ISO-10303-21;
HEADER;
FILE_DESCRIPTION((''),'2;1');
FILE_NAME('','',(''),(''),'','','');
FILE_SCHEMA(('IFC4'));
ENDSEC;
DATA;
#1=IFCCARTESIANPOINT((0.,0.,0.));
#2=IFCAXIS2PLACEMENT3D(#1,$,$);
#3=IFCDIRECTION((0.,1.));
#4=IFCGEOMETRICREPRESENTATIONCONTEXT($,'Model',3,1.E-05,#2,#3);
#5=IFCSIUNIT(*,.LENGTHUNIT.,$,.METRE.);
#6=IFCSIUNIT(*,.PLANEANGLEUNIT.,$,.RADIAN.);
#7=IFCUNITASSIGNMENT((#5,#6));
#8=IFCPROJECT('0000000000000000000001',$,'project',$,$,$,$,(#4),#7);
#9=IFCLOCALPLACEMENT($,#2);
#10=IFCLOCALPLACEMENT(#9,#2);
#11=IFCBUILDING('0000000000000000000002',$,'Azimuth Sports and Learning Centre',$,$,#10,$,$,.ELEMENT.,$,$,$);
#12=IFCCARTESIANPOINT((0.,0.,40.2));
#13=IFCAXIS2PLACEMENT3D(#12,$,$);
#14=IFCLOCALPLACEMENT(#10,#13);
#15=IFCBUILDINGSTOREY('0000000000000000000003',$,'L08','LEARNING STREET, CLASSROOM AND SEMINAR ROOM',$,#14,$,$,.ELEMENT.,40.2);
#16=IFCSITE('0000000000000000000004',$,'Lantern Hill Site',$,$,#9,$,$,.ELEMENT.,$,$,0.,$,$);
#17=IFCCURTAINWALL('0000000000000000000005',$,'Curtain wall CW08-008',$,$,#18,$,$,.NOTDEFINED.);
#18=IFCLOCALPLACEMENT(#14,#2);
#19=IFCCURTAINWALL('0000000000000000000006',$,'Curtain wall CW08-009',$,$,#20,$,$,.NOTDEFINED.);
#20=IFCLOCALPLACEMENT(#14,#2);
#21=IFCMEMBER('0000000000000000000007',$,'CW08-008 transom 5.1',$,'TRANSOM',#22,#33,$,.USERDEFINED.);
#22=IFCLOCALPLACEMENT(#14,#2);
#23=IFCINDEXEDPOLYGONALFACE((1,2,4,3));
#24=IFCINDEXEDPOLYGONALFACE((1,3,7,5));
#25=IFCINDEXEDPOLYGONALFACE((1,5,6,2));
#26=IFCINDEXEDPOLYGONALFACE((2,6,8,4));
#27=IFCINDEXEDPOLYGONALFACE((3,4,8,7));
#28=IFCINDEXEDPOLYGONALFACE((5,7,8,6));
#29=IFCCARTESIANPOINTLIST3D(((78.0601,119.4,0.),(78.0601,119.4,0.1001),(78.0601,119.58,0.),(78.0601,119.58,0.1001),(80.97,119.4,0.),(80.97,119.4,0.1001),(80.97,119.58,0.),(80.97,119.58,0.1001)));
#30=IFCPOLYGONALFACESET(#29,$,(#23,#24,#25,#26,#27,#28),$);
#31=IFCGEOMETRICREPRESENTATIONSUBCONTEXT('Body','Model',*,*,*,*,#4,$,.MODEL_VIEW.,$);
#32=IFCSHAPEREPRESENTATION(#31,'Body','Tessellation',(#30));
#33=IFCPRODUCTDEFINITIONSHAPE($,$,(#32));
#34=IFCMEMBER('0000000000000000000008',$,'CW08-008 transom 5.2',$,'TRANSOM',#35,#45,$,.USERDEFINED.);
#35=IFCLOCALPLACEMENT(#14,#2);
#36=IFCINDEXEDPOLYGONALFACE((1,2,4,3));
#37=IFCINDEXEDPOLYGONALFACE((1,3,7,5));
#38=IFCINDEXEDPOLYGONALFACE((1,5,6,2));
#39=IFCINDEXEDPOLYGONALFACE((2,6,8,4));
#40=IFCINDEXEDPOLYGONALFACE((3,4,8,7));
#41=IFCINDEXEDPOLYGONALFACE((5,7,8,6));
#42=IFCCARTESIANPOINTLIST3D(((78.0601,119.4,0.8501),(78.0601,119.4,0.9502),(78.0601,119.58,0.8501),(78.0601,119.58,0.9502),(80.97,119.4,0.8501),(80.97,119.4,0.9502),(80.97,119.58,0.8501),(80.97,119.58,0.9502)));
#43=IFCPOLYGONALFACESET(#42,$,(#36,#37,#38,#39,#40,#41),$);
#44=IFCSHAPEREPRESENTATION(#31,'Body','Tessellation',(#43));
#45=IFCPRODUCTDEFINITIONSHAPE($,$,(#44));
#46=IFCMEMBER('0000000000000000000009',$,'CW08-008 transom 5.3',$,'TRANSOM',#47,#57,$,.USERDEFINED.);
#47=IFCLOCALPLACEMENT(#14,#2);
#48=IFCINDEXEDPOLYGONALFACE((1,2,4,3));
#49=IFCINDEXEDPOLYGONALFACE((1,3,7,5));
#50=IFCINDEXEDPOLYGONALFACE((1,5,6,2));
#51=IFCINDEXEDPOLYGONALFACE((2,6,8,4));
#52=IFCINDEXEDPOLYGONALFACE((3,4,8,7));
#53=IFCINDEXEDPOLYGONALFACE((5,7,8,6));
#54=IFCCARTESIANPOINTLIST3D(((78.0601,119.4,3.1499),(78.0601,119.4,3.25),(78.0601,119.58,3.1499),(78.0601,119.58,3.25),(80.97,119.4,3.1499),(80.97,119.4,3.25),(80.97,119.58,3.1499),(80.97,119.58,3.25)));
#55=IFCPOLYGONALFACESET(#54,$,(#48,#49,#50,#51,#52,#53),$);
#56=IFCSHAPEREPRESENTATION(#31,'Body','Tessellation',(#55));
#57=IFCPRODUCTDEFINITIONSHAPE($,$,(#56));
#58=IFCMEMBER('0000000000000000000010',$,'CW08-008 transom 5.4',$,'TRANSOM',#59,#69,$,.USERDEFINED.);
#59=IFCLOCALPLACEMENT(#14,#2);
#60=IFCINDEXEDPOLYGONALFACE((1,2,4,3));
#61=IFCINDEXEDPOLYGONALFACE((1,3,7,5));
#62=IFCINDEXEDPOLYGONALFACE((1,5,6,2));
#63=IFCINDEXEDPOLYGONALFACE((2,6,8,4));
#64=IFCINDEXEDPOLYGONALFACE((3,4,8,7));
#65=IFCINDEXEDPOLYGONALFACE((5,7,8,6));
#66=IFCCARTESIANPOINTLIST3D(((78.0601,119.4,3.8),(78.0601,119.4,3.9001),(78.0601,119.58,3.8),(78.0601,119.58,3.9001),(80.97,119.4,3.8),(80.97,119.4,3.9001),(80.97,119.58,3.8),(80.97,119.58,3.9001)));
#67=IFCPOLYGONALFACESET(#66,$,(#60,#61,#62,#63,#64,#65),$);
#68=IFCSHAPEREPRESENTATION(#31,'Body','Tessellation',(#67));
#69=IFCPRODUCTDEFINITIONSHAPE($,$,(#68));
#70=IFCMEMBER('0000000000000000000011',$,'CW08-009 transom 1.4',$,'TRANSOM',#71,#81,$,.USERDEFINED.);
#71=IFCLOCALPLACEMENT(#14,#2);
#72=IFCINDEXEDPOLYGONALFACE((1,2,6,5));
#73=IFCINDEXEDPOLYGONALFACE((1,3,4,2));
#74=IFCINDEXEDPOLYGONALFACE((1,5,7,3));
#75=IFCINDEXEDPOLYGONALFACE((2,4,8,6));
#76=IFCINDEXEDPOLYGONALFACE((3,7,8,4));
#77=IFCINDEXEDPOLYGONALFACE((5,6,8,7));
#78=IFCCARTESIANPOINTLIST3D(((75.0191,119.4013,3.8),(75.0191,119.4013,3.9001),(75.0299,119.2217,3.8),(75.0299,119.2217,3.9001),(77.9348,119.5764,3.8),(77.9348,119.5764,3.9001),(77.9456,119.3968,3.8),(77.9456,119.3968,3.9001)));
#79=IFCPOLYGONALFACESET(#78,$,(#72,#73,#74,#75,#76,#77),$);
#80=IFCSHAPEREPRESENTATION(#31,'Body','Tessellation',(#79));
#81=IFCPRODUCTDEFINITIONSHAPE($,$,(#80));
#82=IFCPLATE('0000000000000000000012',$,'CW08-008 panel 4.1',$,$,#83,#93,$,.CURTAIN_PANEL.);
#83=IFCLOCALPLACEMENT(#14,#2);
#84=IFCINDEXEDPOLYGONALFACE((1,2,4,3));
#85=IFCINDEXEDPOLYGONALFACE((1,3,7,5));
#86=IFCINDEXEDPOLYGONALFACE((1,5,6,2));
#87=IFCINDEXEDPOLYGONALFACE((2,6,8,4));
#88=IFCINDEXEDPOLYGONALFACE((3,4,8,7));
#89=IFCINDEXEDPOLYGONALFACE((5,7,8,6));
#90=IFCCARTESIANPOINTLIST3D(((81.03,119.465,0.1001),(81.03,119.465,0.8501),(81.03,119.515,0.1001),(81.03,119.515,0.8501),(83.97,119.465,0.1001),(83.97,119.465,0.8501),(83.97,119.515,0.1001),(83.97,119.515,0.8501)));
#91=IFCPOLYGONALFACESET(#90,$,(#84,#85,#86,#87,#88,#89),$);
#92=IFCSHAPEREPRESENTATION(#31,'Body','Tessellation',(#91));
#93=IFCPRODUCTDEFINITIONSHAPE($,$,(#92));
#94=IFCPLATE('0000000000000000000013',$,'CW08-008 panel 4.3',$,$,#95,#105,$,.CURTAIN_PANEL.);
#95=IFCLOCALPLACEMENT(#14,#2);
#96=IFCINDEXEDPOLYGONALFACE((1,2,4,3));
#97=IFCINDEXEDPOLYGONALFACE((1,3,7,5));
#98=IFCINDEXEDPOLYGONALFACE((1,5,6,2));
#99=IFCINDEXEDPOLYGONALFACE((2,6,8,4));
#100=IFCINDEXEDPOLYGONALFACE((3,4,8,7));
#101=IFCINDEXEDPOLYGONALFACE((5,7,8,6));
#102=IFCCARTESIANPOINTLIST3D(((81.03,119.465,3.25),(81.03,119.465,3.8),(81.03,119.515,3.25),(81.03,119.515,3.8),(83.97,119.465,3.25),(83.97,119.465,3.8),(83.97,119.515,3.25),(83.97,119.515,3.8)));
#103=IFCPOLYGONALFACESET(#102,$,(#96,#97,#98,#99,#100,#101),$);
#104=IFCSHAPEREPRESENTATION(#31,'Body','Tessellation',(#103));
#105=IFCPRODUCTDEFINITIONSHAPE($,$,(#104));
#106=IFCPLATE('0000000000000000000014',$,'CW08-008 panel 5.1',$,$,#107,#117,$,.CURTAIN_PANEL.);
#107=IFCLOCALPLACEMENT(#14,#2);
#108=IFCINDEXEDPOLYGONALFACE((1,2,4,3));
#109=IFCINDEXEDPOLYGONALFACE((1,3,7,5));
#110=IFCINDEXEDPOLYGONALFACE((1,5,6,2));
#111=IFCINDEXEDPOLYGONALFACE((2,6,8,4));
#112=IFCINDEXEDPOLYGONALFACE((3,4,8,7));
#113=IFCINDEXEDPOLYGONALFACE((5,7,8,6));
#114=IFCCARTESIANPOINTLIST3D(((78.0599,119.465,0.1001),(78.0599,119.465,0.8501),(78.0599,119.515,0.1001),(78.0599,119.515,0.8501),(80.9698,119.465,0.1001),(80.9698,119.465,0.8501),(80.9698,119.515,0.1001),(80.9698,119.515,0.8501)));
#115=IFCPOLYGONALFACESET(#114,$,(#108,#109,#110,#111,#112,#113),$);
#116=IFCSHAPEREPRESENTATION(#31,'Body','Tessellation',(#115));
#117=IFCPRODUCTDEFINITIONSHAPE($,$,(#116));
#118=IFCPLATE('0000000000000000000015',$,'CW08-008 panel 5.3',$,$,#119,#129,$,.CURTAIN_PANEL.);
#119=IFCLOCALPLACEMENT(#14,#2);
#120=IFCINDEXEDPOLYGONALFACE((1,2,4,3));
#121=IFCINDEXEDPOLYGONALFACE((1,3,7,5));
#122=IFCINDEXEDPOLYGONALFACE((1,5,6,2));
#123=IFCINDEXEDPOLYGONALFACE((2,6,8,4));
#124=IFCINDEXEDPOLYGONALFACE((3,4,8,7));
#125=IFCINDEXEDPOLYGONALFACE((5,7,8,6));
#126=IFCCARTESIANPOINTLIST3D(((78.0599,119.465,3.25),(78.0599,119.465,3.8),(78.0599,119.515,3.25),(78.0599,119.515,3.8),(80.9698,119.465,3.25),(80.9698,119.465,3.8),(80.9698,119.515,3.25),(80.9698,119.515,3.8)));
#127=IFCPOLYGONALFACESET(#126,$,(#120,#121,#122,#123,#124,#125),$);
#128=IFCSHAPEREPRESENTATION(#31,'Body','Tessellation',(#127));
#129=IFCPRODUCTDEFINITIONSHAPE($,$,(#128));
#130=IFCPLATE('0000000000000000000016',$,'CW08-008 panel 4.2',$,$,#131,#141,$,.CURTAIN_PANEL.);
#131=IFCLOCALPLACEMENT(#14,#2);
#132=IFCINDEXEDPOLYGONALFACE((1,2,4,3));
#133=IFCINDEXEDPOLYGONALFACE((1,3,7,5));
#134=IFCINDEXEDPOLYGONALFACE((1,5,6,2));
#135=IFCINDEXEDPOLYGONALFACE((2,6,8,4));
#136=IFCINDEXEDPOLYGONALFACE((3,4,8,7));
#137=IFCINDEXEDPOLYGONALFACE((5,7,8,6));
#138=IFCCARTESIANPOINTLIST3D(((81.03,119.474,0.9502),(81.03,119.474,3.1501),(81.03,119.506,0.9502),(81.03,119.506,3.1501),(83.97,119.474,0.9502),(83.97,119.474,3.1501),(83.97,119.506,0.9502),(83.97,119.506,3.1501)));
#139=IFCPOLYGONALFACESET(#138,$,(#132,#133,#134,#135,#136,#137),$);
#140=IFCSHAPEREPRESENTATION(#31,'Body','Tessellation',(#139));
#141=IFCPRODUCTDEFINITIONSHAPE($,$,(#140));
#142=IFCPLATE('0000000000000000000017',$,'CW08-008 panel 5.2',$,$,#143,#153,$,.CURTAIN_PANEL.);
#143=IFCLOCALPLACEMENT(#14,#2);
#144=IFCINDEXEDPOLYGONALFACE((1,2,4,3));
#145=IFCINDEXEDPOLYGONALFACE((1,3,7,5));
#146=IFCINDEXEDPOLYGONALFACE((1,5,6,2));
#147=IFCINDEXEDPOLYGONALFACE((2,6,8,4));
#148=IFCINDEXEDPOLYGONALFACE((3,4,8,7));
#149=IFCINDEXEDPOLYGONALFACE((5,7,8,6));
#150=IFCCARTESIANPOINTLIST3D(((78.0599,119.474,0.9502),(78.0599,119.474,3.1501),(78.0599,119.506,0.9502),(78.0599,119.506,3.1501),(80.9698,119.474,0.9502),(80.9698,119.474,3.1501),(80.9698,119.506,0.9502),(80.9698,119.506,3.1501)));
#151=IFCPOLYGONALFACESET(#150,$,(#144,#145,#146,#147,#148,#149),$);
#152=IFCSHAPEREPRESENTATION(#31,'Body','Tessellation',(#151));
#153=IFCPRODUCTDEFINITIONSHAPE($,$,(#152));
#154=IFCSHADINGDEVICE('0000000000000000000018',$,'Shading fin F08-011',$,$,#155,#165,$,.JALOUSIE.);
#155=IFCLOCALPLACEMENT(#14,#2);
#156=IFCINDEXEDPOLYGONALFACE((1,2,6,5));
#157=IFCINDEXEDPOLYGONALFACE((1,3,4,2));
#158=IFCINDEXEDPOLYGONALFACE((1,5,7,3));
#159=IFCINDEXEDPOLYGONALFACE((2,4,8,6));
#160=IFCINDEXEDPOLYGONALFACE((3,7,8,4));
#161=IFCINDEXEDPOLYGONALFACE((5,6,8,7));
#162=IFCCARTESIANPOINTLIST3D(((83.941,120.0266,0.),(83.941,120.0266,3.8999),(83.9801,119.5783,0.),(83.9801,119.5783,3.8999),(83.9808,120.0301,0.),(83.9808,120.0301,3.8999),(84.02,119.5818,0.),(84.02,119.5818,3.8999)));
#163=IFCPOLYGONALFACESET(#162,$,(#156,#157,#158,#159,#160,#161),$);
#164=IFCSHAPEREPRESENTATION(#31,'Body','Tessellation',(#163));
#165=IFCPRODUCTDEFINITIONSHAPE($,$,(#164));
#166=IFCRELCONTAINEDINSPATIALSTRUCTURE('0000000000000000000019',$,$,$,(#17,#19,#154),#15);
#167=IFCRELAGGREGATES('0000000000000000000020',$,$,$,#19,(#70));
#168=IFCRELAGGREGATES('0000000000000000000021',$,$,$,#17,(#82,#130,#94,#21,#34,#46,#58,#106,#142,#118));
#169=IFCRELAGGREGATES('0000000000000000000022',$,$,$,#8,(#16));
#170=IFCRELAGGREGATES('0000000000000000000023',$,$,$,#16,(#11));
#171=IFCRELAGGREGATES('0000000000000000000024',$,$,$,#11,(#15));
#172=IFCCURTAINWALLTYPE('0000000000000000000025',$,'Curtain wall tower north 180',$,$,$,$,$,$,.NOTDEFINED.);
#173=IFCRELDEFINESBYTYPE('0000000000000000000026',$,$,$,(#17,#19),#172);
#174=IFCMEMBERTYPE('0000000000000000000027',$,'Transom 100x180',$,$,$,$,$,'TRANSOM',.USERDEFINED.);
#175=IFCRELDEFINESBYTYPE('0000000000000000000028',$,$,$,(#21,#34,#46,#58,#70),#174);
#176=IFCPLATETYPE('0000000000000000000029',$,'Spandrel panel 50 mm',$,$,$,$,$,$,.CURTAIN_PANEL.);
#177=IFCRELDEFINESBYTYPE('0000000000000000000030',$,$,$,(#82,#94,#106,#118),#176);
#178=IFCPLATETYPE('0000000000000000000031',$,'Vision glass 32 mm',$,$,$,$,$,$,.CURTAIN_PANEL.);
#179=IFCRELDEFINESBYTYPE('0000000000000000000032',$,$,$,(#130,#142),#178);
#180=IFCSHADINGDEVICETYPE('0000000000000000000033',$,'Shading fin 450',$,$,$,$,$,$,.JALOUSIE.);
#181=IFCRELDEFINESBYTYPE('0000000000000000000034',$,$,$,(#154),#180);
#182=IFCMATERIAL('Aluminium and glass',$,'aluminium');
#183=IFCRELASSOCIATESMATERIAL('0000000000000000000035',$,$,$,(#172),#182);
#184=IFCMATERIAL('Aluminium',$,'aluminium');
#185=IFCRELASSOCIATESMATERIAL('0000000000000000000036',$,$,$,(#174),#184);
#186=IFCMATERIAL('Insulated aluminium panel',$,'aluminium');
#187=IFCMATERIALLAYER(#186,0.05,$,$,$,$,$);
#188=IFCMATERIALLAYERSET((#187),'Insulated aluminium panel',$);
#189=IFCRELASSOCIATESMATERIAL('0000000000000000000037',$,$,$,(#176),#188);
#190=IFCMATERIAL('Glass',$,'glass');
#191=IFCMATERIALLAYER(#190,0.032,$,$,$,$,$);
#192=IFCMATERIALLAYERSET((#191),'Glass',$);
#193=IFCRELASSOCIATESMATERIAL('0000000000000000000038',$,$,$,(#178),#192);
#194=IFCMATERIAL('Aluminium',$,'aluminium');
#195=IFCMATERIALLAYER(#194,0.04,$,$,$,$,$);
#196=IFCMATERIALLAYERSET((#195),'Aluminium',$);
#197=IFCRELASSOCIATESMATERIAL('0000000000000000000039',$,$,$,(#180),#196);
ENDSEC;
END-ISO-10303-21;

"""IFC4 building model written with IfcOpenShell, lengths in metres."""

from ifc_helpers import new_model, si_unit, direction, frame, origin, origin_2d, place, context, subcontext, project, spatial, rectangle, extrude, material, layer, layer_set, material_profile, profile_set, type_object, element, aggregate, save


model = new_model("IFC4")

# Units and contexts
model_context = context("Model", 3, precision=1e-05, world=origin(), true_north=direction((0.0, 1.0)))
body_context = subcontext(model_context, "Body", "Model", "MODEL_VIEW")
ifc_project = project(units=[si_unit("LENGTHUNIT", "METRE"), si_unit("PLANEANGLEUNIT", "RADIAN")], contexts=[model_context])

# Site, building, storey
site_placement = place(None, origin())
site = spatial("IfcSite", under=ifc_project, at=site_placement, Name="Lantern Hill Site", CompositionType="ELEMENT", RefElevation=0.0)
building_placement = place(site_placement, origin())
building = spatial("IfcBuilding", under=site, at=building_placement, Name="Azimuth Sports and Learning Centre", CompositionType="ELEMENT")
storey_placement = place(building_placement, frame((0.0, 0.0, 40.2)))
storey = spatial("IfcBuildingStorey", under=building, at=storey_placement, Name="L08", Description="LEARNING STREET, CLASSROOM AND SEMINAR ROOM", CompositionType="ELEMENT", Elevation=40.2)

# Curtain wall
ifc_material_1 = material(Name="Aluminium and glass", Category="aluminium")
curtain_wall_type = type_object("IfcCurtainWallType", Name="Curtain wall tower north 180", PredefinedType="NOTDEFINED", material=ifc_material_1)
curtain_wall_1_placement = place(storey_placement, origin())
curtain_wall_1 = element("IfcCurtainWall", 1, at=curtain_wall_1_placement, inside=storey, type_object=curtain_wall_type, Name="Curtain wall CW08-008", PredefinedType="NOTDEFINED")

# Curtain wall
curtain_wall_2_placement = place(storey_placement, origin())
curtain_wall_2 = element("IfcCurtainWall", 2, at=curtain_wall_2_placement, inside=storey, type_object=curtain_wall_type, Name="Curtain wall CW08-009", PredefinedType="NOTDEFINED")

# Members
ifc_material_2 = material(Name="Aluminium", Category="aluminium")
ifc_material_profile_1 = material_profile(ifc_material_2, rectangle(XDim=0.1799, YDim=0.1001, at=origin_2d()), Name="Transom 100x180")
ifc_profile_set_1 = profile_set([ifc_material_profile_1], Name="Aluminium")
member_type_1 = type_object("IfcMemberType", Name="Transom 100x180", ElementType="TRANSOM", PredefinedType="USERDEFINED", material=ifc_profile_set_1)
member_1_placement = place(storey_placement, frame((80.97, 119.49, 0.05), z_axis=(-1.0, 0.0, 0.0), x_axis=(0.0, -1.0, 0.0)))
member_1 = element("IfcMember", 3, at=member_1_placement, type_object=member_type_1, Name="CW08-008 transom 5.1", ObjectType="TRANSOM", PredefinedType="USERDEFINED", context=body_context, shape_type="SweptSolid", body=[
    extrude(rectangle(XDim=0.1799, YDim=0.1001, at=origin_2d()), origin(), (0.0, 0.0, 1.0), 2.9099),
])
member_2_placement = place(storey_placement, frame((80.97, 119.49, 0.9001), z_axis=(-1.0, 0.0, 0.0), x_axis=(0.0, -1.0, 0.0)))
member_2 = element("IfcMember", 4, at=member_2_placement, type_object=member_type_1, Name="CW08-008 transom 5.2", ObjectType="TRANSOM", PredefinedType="USERDEFINED", context=body_context, shape_type="SweptSolid", body=[
    extrude(rectangle(XDim=0.1799, YDim=0.1001, at=origin_2d()), origin(), (0.0, 0.0, 1.0), 2.9099),
])
member_3_placement = place(storey_placement, frame((80.97, 119.49, 3.2), z_axis=(-1.0, 0.0, 0.0), x_axis=(0.0, -1.0, 0.0)))
member_3 = element("IfcMember", 5, at=member_3_placement, type_object=member_type_1, Name="CW08-008 transom 5.3", ObjectType="TRANSOM", PredefinedType="USERDEFINED", context=body_context, shape_type="SweptSolid", body=[
    extrude(rectangle(XDim=0.1799, YDim=0.1001, at=origin_2d()), origin(), (0.0, 0.0, 1.0), 2.9099),
])
member_4_placement = place(storey_placement, frame((80.97, 119.49, 3.8501), z_axis=(-1.0, 0.0, 0.0), x_axis=(0.0, -1.0, 0.0)))
member_4 = element("IfcMember", 6, at=member_4_placement, type_object=member_type_1, Name="CW08-008 transom 5.4", ObjectType="TRANSOM", PredefinedType="USERDEFINED", context=body_context, shape_type="SweptSolid", body=[
    extrude(rectangle(XDim=0.1799, YDim=0.1001, at=origin_2d()), origin(), (0.0, 0.0, 1.0), 2.9099),
])
member_5_placement = place(storey_placement, frame((77.9402, 119.4866, 3.8501), z_axis=(-0.998202, -0.059932, 0.0), x_axis=(0.059932, -0.998202, 0.0)))
member_5 = element("IfcMember", 7, at=member_5_placement, type_object=member_type_1, Name="CW08-009 transom 1.4", ObjectType="TRANSOM", PredefinedType="USERDEFINED", context=body_context, shape_type="SweptSolid", body=[
    extrude(rectangle(XDim=0.1799, YDim=0.1001, at=origin_2d()), origin(), (0.0, 0.0, 1.0), 2.9209),
])
aggregate(curtain_wall_2, [member_5])

# Plates
ifc_material_3 = material(Name="Insulated aluminium panel", Category="aluminium")
ifc_layer_1 = layer(ifc_material_3, 0.05)
ifc_layer_set_1 = layer_set([ifc_layer_1], Name="Insulated aluminium panel")
plate_type_1 = type_object("IfcPlateType", Name="Spandrel panel 50 mm", PredefinedType="CURTAIN_PANEL", material=ifc_layer_set_1)
plate_1_placement = place(storey_placement, frame((82.5, 119.49, 0.1001), z_axis=(0.0, 0.0, 1.0), x_axis=(-1.0, 0.0, 0.0)))
plate_1 = element("IfcPlate", 8, at=plate_1_placement, type_object=plate_type_1, Name="CW08-008 panel 4.1", PredefinedType="CURTAIN_PANEL", context=body_context, shape_type="SweptSolid", body=[
    extrude(rectangle(XDim=2.9399, YDim=0.05, at=origin_2d()), origin(), (0.0, 0.0, 1.0), 0.75),
])
plate_2_placement = place(storey_placement, frame((82.5, 119.49, 3.25), z_axis=(0.0, 0.0, 1.0), x_axis=(-1.0, 0.0, 0.0)))
plate_2 = element("IfcPlate", 9, at=plate_2_placement, type_object=plate_type_1, Name="CW08-008 panel 4.3", PredefinedType="CURTAIN_PANEL", context=body_context, shape_type="SweptSolid", body=[
    extrude(rectangle(XDim=2.9399, YDim=0.05, at=origin_2d()), origin(), (0.0, 0.0, 1.0), 0.55),
])
plate_3_placement = place(storey_placement, frame((79.5149, 119.49, 0.1001), z_axis=(0.0, 0.0, 1.0), x_axis=(-1.0, 0.0, 0.0)))
plate_3 = element("IfcPlate", 10, at=plate_3_placement, type_object=plate_type_1, Name="CW08-008 panel 5.1", PredefinedType="CURTAIN_PANEL", context=body_context, shape_type="SweptSolid", body=[
    extrude(rectangle(XDim=2.9099, YDim=0.05, at=origin_2d()), origin(), (0.0, 0.0, 1.0), 0.75),
])
plate_4_placement = place(storey_placement, frame((79.5149, 119.49, 3.25), z_axis=(0.0, 0.0, 1.0), x_axis=(-1.0, 0.0, 0.0)))
plate_4 = element("IfcPlate", 11, at=plate_4_placement, type_object=plate_type_1, Name="CW08-008 panel 5.3", PredefinedType="CURTAIN_PANEL", context=body_context, shape_type="SweptSolid", body=[
    extrude(rectangle(XDim=2.9099, YDim=0.05, at=origin_2d()), origin(), (0.0, 0.0, 1.0), 0.55),
])
ifc_material_4 = material(Name="Glass", Category="glass")
ifc_layer_2 = layer(ifc_material_4, 0.032)
ifc_layer_set_2 = layer_set([ifc_layer_2], Name="Glass")
plate_type_2 = type_object("IfcPlateType", Name="Vision glass 32 mm", PredefinedType="CURTAIN_PANEL", material=ifc_layer_set_2)
plate_5_placement = place(storey_placement, frame((82.5, 119.49, 0.9502), z_axis=(0.0, 0.0, 1.0), x_axis=(-1.0, 0.0, 0.0)))
plate_5 = element("IfcPlate", 12, at=plate_5_placement, type_object=plate_type_2, Name="CW08-008 panel 4.2", PredefinedType="CURTAIN_PANEL", context=body_context, shape_type="SweptSolid", body=[
    extrude(rectangle(XDim=2.9399, YDim=0.032, at=origin_2d()), origin(), (0.0, 0.0, 1.0), 2.2),
])
plate_6_placement = place(storey_placement, frame((79.5149, 119.49, 0.9502), z_axis=(0.0, 0.0, 1.0), x_axis=(-1.0, 0.0, 0.0)))
plate_6 = element("IfcPlate", 13, at=plate_6_placement, type_object=plate_type_2, Name="CW08-008 panel 5.2", PredefinedType="CURTAIN_PANEL", context=body_context, shape_type="SweptSolid", body=[
    extrude(rectangle(XDim=2.9099, YDim=0.032, at=origin_2d()), origin(), (0.0, 0.0, 1.0), 2.2),
])
aggregate(curtain_wall_1, [plate_1, plate_5, plate_2, member_1, member_2, member_3, member_4, plate_3, plate_6, plate_4])

# Shading device
ifc_material_5 = material(Name="Aluminium", Category="aluminium")
ifc_layer_3 = layer(ifc_material_5, 0.04)
ifc_layer_set_3 = layer_set([ifc_layer_3], Name="Aluminium")
shading_device_type = type_object("IfcShadingDeviceType", Name="Shading fin 450", PredefinedType="JALOUSIE", material=ifc_layer_set_3)
shading_device_placement = place(storey_placement, frame((83.9805, 119.8042, 0.0), z_axis=(0.0, 0.0, 1.0), x_axis=(-0.08698, 0.99621, 0.0)))
element("IfcShadingDevice", 14, at=shading_device_placement, inside=storey, type_object=shading_device_type, Name="Shading fin F08-011", PredefinedType="JALOUSIE", context=body_context, shape_type="SweptSolid", body=[
    extrude(rectangle(XDim=0.45, YDim=0.04, at=origin_2d()), origin(), (0.0, 0.0, 1.0), 3.8999),
])

save(model, "model.ifc")
